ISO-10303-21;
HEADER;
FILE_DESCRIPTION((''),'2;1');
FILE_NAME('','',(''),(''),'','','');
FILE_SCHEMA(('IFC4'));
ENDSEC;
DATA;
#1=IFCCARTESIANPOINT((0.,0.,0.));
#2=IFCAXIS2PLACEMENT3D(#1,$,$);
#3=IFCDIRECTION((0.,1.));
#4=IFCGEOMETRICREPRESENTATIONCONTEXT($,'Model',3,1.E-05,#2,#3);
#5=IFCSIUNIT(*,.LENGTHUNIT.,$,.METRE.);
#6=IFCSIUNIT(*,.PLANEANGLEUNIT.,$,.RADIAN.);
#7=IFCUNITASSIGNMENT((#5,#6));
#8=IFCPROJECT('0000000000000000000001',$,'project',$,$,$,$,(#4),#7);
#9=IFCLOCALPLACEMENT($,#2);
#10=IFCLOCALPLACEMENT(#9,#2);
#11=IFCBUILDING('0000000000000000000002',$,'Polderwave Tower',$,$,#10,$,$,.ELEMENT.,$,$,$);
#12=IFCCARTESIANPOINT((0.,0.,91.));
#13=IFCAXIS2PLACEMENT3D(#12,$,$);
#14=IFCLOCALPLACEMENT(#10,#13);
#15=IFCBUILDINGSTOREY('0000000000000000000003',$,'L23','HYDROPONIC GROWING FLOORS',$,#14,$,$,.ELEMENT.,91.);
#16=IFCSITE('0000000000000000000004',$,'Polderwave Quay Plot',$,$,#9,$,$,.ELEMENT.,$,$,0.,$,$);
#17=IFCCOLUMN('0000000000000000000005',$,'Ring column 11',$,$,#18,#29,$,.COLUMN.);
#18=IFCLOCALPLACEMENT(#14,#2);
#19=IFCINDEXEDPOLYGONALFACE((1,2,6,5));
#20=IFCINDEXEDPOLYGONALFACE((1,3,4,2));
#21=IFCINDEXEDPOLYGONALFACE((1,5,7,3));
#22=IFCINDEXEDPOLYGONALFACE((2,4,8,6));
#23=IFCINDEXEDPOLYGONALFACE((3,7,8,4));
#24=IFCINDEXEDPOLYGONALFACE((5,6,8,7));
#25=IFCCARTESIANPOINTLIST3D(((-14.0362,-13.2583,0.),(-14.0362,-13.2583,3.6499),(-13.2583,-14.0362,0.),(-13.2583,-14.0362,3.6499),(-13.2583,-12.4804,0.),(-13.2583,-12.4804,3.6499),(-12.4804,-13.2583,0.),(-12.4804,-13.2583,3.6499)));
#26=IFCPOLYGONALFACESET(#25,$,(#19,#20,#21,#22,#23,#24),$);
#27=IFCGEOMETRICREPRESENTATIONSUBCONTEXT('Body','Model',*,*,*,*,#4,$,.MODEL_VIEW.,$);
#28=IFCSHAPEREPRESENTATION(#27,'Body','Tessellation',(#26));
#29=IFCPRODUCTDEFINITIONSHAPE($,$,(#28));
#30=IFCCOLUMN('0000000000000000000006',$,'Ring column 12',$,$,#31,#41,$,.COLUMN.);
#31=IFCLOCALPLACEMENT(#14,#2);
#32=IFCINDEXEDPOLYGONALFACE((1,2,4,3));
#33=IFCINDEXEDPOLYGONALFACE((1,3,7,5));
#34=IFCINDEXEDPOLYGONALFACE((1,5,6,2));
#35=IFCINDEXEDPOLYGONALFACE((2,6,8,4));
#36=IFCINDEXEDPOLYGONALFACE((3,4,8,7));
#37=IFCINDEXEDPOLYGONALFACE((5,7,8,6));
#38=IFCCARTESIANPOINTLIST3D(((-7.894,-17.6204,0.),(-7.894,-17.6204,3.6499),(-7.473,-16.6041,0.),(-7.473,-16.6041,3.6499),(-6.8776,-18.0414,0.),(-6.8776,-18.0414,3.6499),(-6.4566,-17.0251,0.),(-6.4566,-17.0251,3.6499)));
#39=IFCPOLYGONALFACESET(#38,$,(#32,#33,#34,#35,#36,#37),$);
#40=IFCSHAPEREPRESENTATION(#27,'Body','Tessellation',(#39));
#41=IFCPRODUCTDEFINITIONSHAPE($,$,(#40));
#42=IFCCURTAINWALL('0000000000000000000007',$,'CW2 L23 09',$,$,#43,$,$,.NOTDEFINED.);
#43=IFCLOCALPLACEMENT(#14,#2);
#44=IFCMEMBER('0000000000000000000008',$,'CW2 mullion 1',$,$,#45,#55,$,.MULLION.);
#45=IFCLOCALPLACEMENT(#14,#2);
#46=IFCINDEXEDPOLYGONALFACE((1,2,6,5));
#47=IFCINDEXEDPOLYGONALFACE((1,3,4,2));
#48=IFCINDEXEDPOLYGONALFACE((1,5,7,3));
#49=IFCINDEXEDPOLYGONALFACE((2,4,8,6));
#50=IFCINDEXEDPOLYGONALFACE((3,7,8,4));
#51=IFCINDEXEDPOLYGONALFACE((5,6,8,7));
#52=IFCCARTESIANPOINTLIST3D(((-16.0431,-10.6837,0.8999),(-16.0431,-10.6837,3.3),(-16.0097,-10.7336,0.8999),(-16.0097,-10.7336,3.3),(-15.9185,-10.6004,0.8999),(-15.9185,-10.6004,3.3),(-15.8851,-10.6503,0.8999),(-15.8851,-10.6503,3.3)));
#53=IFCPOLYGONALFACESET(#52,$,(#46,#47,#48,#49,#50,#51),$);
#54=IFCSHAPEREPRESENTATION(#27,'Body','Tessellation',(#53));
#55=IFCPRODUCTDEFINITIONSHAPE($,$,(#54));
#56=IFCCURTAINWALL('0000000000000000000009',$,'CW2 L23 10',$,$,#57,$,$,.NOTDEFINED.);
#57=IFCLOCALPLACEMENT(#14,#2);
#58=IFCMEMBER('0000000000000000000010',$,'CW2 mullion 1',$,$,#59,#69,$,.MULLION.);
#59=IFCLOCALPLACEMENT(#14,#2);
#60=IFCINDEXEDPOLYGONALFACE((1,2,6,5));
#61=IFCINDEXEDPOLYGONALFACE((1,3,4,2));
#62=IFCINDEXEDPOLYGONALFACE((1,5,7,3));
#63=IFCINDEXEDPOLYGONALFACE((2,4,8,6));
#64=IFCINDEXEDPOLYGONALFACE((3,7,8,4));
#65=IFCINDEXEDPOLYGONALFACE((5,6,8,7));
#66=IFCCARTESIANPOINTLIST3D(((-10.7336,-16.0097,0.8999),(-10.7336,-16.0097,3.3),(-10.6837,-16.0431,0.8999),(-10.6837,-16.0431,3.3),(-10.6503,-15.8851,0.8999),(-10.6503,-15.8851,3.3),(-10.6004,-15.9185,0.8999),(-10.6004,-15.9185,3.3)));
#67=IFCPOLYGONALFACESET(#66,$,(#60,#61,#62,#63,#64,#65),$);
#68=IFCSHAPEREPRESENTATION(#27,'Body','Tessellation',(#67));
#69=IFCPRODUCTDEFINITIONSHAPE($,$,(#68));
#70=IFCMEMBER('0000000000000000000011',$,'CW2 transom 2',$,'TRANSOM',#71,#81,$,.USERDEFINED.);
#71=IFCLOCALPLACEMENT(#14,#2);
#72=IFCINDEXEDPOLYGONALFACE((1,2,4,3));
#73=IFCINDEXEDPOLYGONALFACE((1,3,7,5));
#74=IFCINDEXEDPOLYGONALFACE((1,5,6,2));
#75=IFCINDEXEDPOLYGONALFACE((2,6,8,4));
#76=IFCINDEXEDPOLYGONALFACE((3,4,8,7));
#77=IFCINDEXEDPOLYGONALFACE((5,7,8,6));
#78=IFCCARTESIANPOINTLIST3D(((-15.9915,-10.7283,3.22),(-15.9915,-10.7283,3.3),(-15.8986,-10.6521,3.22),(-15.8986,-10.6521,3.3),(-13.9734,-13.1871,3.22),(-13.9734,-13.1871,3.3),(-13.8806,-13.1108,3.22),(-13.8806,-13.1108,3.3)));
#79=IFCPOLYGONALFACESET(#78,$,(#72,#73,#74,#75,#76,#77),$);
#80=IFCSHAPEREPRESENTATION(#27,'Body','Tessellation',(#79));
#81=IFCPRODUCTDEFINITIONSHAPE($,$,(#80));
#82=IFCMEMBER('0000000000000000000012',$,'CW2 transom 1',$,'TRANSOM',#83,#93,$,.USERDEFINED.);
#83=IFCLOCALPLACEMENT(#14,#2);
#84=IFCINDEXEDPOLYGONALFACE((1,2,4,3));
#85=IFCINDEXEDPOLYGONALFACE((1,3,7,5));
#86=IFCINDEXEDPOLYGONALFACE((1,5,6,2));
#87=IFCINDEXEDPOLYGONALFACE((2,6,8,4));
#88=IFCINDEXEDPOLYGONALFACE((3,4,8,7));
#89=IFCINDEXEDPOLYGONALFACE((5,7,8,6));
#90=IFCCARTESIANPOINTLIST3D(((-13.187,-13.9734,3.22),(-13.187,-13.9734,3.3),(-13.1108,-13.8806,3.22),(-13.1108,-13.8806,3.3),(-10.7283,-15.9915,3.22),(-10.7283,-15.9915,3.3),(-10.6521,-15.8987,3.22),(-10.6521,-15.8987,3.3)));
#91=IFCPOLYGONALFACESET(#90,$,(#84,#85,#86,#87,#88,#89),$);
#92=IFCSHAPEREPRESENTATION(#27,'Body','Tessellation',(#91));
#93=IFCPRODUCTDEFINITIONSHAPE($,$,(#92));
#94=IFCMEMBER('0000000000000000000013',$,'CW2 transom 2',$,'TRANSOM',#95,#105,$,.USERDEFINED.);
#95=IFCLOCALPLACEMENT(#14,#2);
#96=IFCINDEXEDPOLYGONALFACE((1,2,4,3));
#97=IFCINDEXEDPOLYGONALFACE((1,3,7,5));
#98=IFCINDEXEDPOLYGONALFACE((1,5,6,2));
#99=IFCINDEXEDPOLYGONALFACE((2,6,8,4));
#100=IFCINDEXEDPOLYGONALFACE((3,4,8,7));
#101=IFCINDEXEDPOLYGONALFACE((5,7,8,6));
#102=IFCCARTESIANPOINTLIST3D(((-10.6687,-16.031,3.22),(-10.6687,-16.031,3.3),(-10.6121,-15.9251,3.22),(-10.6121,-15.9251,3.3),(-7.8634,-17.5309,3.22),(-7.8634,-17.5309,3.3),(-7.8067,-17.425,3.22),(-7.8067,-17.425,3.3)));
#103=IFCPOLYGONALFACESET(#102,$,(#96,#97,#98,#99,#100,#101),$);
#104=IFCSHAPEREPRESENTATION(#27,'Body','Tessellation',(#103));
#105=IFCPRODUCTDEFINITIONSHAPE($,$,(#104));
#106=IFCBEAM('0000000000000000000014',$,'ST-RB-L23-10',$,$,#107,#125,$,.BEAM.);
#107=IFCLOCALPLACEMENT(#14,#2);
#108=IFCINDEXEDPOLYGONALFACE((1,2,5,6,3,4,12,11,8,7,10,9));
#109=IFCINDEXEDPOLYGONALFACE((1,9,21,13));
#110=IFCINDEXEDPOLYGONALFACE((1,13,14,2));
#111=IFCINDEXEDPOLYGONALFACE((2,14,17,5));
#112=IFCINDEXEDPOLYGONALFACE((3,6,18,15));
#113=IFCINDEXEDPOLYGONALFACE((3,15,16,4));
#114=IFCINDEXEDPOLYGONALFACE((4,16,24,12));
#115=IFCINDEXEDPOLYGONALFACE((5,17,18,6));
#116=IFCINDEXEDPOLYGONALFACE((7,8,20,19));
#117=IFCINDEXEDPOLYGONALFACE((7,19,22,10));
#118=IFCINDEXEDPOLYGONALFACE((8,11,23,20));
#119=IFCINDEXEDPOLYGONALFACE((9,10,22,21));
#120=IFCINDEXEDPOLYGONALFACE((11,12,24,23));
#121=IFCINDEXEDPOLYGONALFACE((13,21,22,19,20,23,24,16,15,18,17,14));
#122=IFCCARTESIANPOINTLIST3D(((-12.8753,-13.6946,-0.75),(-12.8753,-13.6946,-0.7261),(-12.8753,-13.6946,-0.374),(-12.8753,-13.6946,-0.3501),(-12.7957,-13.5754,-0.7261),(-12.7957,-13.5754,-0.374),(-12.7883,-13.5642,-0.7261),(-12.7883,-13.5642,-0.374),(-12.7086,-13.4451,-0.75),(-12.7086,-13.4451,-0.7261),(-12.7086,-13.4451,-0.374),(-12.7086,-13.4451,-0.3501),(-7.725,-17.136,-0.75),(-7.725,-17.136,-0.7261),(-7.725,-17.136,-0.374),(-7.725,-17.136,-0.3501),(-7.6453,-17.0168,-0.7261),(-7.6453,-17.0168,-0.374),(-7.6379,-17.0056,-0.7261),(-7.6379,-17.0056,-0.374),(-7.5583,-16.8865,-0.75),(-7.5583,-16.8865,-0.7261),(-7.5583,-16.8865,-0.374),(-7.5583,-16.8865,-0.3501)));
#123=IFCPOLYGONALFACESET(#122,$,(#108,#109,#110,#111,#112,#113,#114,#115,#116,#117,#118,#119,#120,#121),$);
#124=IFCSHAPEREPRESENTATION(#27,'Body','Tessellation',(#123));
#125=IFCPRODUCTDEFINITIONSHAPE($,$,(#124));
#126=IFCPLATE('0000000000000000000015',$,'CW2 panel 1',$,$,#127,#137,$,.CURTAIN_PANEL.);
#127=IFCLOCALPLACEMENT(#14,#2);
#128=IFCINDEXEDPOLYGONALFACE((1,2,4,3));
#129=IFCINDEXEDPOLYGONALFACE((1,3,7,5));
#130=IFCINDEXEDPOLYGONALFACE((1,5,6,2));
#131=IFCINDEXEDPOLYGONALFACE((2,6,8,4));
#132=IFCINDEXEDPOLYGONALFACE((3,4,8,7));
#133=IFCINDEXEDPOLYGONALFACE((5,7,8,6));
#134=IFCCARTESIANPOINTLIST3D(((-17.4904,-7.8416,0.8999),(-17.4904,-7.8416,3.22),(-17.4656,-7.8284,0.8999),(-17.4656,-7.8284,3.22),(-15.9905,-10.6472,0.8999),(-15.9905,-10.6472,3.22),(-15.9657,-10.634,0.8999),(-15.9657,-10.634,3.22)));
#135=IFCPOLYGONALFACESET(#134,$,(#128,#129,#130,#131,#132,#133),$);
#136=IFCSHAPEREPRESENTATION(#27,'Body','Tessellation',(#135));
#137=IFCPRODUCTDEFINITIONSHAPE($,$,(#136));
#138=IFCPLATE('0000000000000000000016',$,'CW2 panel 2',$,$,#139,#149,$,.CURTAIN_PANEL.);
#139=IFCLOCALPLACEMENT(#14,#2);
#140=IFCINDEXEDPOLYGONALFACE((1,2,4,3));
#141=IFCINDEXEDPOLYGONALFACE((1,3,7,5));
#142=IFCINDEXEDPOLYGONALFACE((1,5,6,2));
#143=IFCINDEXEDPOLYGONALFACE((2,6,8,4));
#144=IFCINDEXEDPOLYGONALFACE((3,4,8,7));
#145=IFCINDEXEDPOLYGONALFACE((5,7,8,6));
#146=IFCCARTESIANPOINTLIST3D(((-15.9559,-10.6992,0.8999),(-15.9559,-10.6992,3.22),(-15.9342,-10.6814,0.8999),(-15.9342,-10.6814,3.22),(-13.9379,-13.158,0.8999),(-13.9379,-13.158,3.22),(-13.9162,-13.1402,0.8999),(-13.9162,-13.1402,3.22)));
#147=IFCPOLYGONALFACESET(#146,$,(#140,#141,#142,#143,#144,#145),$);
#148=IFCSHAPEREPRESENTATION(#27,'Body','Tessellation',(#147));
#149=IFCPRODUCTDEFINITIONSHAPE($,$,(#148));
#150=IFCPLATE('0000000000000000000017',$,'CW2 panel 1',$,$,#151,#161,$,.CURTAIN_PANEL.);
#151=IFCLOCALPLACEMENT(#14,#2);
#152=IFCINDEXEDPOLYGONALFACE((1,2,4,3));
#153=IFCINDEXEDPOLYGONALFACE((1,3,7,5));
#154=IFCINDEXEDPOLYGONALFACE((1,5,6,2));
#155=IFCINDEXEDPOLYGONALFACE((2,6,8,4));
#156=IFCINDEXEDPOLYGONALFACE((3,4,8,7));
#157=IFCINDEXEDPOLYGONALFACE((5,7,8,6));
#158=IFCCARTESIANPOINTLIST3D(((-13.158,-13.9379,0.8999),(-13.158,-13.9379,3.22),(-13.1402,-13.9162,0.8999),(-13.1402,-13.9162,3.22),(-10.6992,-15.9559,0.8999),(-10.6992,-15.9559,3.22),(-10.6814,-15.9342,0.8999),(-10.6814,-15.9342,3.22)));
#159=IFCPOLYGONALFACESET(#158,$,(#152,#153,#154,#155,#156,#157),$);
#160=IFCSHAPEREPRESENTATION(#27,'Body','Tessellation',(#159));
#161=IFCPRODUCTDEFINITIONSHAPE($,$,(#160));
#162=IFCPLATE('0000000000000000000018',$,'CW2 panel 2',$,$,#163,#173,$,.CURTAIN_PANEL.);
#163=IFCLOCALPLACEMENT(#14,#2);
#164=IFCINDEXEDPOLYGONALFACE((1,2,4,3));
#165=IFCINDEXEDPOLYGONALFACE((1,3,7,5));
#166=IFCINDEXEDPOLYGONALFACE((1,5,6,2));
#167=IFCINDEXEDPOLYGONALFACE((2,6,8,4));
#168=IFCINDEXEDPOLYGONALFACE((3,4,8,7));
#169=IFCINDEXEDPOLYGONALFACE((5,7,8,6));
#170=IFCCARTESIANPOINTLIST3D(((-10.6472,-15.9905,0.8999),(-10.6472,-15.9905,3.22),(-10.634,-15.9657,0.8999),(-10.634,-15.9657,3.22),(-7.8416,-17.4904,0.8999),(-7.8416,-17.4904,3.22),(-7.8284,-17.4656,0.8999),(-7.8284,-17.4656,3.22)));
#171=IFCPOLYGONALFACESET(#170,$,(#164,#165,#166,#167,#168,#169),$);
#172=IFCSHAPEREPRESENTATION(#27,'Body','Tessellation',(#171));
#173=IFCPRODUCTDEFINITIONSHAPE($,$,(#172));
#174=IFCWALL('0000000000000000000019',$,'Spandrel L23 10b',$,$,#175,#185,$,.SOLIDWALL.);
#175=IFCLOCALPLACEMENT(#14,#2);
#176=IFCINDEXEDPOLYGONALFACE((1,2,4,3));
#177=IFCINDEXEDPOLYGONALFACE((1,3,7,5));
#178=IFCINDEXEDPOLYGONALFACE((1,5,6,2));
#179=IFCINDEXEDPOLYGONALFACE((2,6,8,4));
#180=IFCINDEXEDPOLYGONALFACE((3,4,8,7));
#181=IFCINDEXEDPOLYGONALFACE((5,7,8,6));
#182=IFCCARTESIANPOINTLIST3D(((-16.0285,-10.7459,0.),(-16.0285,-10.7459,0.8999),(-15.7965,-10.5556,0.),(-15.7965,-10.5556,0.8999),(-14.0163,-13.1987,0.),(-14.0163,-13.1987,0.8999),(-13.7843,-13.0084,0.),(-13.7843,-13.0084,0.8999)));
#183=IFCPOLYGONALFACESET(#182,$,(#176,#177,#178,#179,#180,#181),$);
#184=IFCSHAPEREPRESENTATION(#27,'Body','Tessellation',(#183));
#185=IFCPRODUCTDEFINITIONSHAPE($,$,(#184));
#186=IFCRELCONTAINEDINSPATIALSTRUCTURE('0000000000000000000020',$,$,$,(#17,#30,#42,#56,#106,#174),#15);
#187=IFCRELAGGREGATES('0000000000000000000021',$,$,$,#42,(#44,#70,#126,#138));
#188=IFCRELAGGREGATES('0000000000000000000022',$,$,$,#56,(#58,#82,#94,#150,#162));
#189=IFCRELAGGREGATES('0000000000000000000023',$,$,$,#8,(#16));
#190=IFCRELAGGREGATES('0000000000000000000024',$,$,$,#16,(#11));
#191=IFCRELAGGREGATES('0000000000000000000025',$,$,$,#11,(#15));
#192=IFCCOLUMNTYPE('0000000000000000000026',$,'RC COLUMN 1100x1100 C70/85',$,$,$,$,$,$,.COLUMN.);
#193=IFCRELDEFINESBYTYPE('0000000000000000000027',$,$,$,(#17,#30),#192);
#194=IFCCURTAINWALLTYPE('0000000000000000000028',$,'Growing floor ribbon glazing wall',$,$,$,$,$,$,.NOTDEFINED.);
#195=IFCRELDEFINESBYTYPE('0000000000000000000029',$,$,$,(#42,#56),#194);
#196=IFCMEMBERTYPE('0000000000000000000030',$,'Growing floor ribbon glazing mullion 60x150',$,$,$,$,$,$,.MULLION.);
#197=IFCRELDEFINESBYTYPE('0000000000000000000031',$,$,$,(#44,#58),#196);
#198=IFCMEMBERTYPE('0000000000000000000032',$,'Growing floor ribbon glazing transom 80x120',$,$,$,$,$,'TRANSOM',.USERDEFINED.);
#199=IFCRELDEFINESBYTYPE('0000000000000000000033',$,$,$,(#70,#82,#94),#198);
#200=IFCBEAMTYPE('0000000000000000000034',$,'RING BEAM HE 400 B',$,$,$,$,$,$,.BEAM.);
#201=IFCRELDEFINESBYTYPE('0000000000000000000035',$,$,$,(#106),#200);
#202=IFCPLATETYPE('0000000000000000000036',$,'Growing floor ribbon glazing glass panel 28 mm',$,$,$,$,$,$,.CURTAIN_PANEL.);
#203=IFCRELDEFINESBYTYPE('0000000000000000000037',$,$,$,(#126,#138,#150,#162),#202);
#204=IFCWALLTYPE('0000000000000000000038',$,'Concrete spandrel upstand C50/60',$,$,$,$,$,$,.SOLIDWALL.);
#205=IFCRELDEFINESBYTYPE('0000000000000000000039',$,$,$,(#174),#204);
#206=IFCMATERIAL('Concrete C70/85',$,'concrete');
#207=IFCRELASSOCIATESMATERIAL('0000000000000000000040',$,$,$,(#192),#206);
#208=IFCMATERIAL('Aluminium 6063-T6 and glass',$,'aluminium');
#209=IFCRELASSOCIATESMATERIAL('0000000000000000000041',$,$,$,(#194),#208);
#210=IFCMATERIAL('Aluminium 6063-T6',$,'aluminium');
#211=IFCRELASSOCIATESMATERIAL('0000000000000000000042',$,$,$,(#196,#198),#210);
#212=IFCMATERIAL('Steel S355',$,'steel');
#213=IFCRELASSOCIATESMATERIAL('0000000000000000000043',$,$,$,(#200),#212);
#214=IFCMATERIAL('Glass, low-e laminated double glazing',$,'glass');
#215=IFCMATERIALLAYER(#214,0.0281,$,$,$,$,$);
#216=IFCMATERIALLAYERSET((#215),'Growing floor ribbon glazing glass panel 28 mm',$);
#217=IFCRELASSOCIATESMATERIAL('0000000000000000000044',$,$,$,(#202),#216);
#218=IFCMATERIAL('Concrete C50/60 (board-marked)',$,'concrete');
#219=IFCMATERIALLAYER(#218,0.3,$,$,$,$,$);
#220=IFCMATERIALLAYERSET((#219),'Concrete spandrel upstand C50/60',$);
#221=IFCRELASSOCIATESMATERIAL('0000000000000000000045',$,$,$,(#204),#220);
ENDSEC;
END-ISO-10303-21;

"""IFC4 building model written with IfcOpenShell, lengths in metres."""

from ifc_helpers import new_model, si_unit, direction, frame, frame_2d, origin, origin_2d, place, context, subcontext, project, spatial, rectangle, i_section, extrude, material, layer, layer_set, material_profile, profile_set, type_object, element, aggregate, save


model = new_model("IFC4")

# Units and contexts
model_context = context("Model", 3, precision=1e-05, world=origin(), true_north=direction((0.0, 1.0)))
body_context = subcontext(model_context, "Body", "Model", "MODEL_VIEW")
ifc_project = project(units=[si_unit("LENGTHUNIT", "METRE"), si_unit("PLANEANGLEUNIT", "RADIAN")], contexts=[model_context])

# Site, building, storey
site_placement = place(None, origin())
site = spatial("IfcSite", under=ifc_project, at=site_placement, Name="Polderwave Quay Plot", CompositionType="ELEMENT", RefElevation=0.0)
building_placement = place(site_placement, origin())
building = spatial("IfcBuilding", under=site, at=building_placement, Name="Polderwave Tower", CompositionType="ELEMENT")
storey_placement = place(building_placement, frame((0.0, 0.0, 91.0)))
storey = spatial("IfcBuildingStorey", under=building, at=storey_placement, Name="L23", Description="HYDROPONIC GROWING FLOORS", CompositionType="ELEMENT", Elevation=91.0)

# Columns
ifc_material_1 = material(Name="Concrete C70/85", Category="concrete")
ifc_material_profile_1 = material_profile(ifc_material_1, rectangle(XDim=1.1001, YDim=1.1001, at=origin_2d()), Name="RC 1100x1100")
ifc_profile_set_1 = profile_set([ifc_material_profile_1], Name="Concrete C70/85")
column_type = type_object("IfcColumnType", Name="RC COLUMN 1100x1100 C70/85", PredefinedType="COLUMN", material=ifc_profile_set_1)
for number, where, z_axis, x_axis, name in (
    (1, (-13.2583, -13.2583, 0.0), (0.0, 0.0, 1.0), (-0.707107, -0.707107, 0.0), "Ring column 11"),
    (2, (-7.1753, -17.3228, 0.0), (0.0, 0.0, 1.0), (-0.382683, -0.92388, 0.0), "Ring column 12"),
):
    element("IfcColumn", number, at=place(storey_placement, frame(where, z_axis=z_axis, x_axis=x_axis)), inside=storey, type_object=column_type, Name=name, PredefinedType="COLUMN", context=body_context, shape_type="SweptSolid", body=[
        extrude(rectangle(XDim=1.1001, YDim=1.1001, at=origin_2d()), origin(), (0.0, 0.0, 1.0), 3.6499),
    ])

# Curtain walls, members
ifc_material_2 = material(Name="Aluminium 6063-T6 and glass", Category="aluminium")
curtain_wall_type = type_object("IfcCurtainWallType", Name="Growing floor ribbon glazing wall", PredefinedType="NOTDEFINED", material=ifc_material_2)
curtain_wall_1_placement = place(storey_placement, origin())
curtain_wall_1 = element("IfcCurtainWall", 3, at=curtain_wall_1_placement, inside=storey, type_object=curtain_wall_type, Name="CW2 L23 09", PredefinedType="NOTDEFINED")
ifc_material_3 = material(Name="Aluminium 6063-T6", Category="aluminium")
ifc_material_profile_2 = material_profile(ifc_material_3, rectangle(XDim=0.1499, YDim=0.0601, at=origin_2d()), Name="AL 60x150")
ifc_profile_set_2 = profile_set([ifc_material_profile_2], Name="Aluminium 6063-T6")
member_type_1 = type_object("IfcMemberType", Name="Growing floor ribbon glazing mullion 60x150", PredefinedType="MULLION", material=ifc_profile_set_2)
member_1_placement = place(storey_placement, frame((-15.9641, -10.667, 0.8999), z_axis=(0.0, 0.0, 1.0), x_axis=(0.831444, 0.555608, 0.0)))
member_1 = element("IfcMember", 4, at=member_1_placement, type_object=member_type_1, Name="CW2 mullion 1", PredefinedType="MULLION", context=body_context, shape_type="SweptSolid", body=[
    extrude(rectangle(XDim=0.1499, YDim=0.0601, at=origin_2d()), origin(), (0.0, 0.0, 1.0), 2.4001),
])
curtain_wall_2_placement = place(storey_placement, origin())
curtain_wall_2 = element("IfcCurtainWall", 5, at=curtain_wall_2_placement, inside=storey, type_object=curtain_wall_type, Name="CW2 L23 10", PredefinedType="NOTDEFINED")
member_2_placement = place(storey_placement, frame((-10.667, -15.9641, 0.8999), z_axis=(0.0, 0.0, 1.0), x_axis=(0.555608, 0.831444, 0.0)))
member_2 = element("IfcMember", 6, at=member_2_placement, type_object=member_type_1, Name="CW2 mullion 1", PredefinedType="MULLION", context=body_context, shape_type="SweptSolid", body=[
    extrude(rectangle(XDim=0.1499, YDim=0.0601, at=origin_2d()), origin(), (0.0, 0.0, 1.0), 2.4001),
])

# Members
ifc_material_profile_3 = material_profile(ifc_material_3, rectangle(XDim=0.1201, YDim=0.0801, at=origin_2d()), Name="AL 80x120")
ifc_profile_set_3 = profile_set([ifc_material_profile_3], Name="Aluminium 6063-T6")
member_type_2 = type_object("IfcMemberType", Name="Growing floor ribbon glazing transom 80x120", ElementType="TRANSOM", PredefinedType="USERDEFINED", material=ifc_profile_set_3)
member_3_placement = place(storey_placement, frame((-15.9451, -10.6902, 3.26), z_axis=(0.634437, -0.772975, 0.0), x_axis=(0.772975, 0.634437, 0.0)))
member_3 = element("IfcMember", 7, at=member_3_placement, type_object=member_type_2, Name="CW2 transom 2", ObjectType="TRANSOM", PredefinedType="USERDEFINED", context=body_context, shape_type="SweptSolid", body=[
    extrude(rectangle(XDim=0.1201, YDim=0.0801, at=origin_2d()), origin(), (0.0, 0.0, 1.0), 3.1809),
])
member_4_placement = place(storey_placement, frame((-13.1489, -13.927, 3.26), z_axis=(0.772975, -0.634437, 0.0), x_axis=(0.634437, 0.772975, 0.0)))
member_4 = element("IfcMember", 8, at=member_4_placement, type_object=member_type_2, Name="CW2 transom 1", ObjectType="TRANSOM", PredefinedType="USERDEFINED", context=body_context, shape_type="SweptSolid", body=[
    extrude(rectangle(XDim=0.1201, YDim=0.0801, at=origin_2d()), origin(), (0.0, 0.0, 1.0), 3.1809),
])
member_5_placement = place(storey_placement, frame((-10.6404, -15.978, 3.26), z_axis=(0.88186, -0.471512, 0.0), x_axis=(0.471512, 0.88186, 0.0)))
member_5 = element("IfcMember", 9, at=member_5_placement, type_object=member_type_2, Name="CW2 transom 2", ObjectType="TRANSOM", PredefinedType="USERDEFINED", context=body_context, shape_type="SweptSolid", body=[
    extrude(rectangle(XDim=0.1201, YDim=0.0801, at=origin_2d()), origin(), (0.0, 0.0, 1.0), 3.1812),
])

# Beam
ifc_material_4 = material(Name="Steel S355", Category="steel")
ifc_material_profile_4 = material_profile(ifc_material_4, i_section(OverallWidth=0.3, OverallDepth=0.3999, WebThickness=0.0134, FlangeThickness=0.0239, at=origin_2d()), Name="HE 400 B")
ifc_profile_set_4 = profile_set([ifc_material_profile_4], Name="Steel S355")
beam_type = type_object("IfcBeamType", Name="RING BEAM HE 400 B", PredefinedType="BEAM", material=ifc_profile_set_4)
beam_placement = place(storey_placement, frame((-12.792, -13.5698, -0.55), z_axis=(0.831468, -0.555573, 0.0), x_axis=(0.555573, 0.831468, 0.0)))
element("IfcBeam", 10, at=beam_placement, inside=storey, type_object=beam_type, Name="ST-RB-L23-10", PredefinedType="BEAM", context=body_context, shape_type="SweptSolid", body=[
    extrude(i_section(OverallWidth=0.3, OverallDepth=0.3999, WebThickness=0.0134, FlangeThickness=0.0239, at=origin_2d()), origin(), (0.0, 0.0, 1.0), 6.1943),
])

# Plates
ifc_material_5 = material(Name="Glass, low-e laminated double glazing", Category="glass")
ifc_layer_1 = layer(ifc_material_5, 0.0281)
ifc_layer_set_1 = layer_set([ifc_layer_1], Name="Growing floor ribbon glazing glass panel 28 mm")
plate_type = type_object("IfcPlateType", Name="Growing floor ribbon glazing glass panel 28 mm", PredefinedType="CURTAIN_PANEL", material=ifc_layer_set_1)
plate_1_placement = place(storey_placement, frame((-16.728, -9.2378, 0.8999), z_axis=(0.0, 0.0, 1.0), x_axis=(0.471461, -0.881887, 0.0)))
plate_1 = element("IfcPlate", 11, at=plate_1_placement, type_object=plate_type, Name="CW2 panel 1", PredefinedType="CURTAIN_PANEL", context=body_context, shape_type="SweptSolid", body=[
    extrude(rectangle(XDim=3.1814, YDim=0.0281, at=origin_2d()), origin(), (0.0, 0.0, 1.0), 2.3201),
])
plate_2_placement = place(storey_placement, frame((-14.936, -11.9197, 0.8999), z_axis=(0.0, 0.0, 1.0), x_axis=(0.634407, -0.772999, 0.0)))
plate_2 = element("IfcPlate", 12, at=plate_2_placement, type_object=plate_type, Name="CW2 panel 2", PredefinedType="CURTAIN_PANEL", context=body_context, shape_type="SweptSolid", body=[
    extrude(rectangle(XDim=3.1809, YDim=0.0281, at=origin_2d()), origin(), (0.0, 0.0, 1.0), 2.3201),
])
aggregate(curtain_wall_1, [member_1, member_3, plate_1, plate_2])
plate_3_placement = place(storey_placement, frame((-11.9197, -14.936, 0.8999), z_axis=(0.0, 0.0, 1.0), x_axis=(0.772999, -0.634407, 0.0)))
plate_3 = element("IfcPlate", 13, at=plate_3_placement, type_object=plate_type, Name="CW2 panel 1", PredefinedType="CURTAIN_PANEL", context=body_context, shape_type="SweptSolid", body=[
    extrude(rectangle(XDim=3.1809, YDim=0.0281, at=origin_2d()), origin(), (0.0, 0.0, 1.0), 2.3201),
])
plate_4_placement = place(storey_placement, frame((-9.2378, -16.728, 0.8999), z_axis=(0.0, 0.0, 1.0), x_axis=(0.881887, -0.471461, 0.0)))
plate_4 = element("IfcPlate", 14, at=plate_4_placement, type_object=plate_type, Name="CW2 panel 2", PredefinedType="CURTAIN_PANEL", context=body_context, shape_type="SweptSolid", body=[
    extrude(rectangle(XDim=3.1814, YDim=0.0281, at=origin_2d()), origin(), (0.0, 0.0, 1.0), 2.3201),
])
aggregate(curtain_wall_2, [member_2, member_4, member_5, plate_3, plate_4])

# Wall
ifc_material_6 = material(Name="Concrete C50/60 (board-marked)", Category="concrete")
ifc_layer_2 = layer(ifc_material_6, 0.3)
ifc_layer_set_2 = layer_set([ifc_layer_2], Name="Concrete spandrel upstand C50/60")
wall_type_1 = type_object("IfcWallType", Name="Concrete spandrel upstand C50/60", PredefinedType="SOLIDWALL", material=ifc_layer_set_2)
for number, where, z_axis, x_axis, name in (
    (15, (-15.9126, -10.6506, 0.0), (0.0, 0.0, 1.0), (0.634239, -0.773137, 0.0), "Spandrel L23 10b"),
):
    element("IfcWall", number, at=place(storey_placement, frame(where, z_axis=z_axis, x_axis=x_axis)), inside=storey, type_object=wall_type_1, Name=name, PredefinedType="SOLIDWALL", context=body_context, shape_type="SweptSolid", body=[
        extrude(rectangle(XDim=3.1726, YDim=0.3, at=frame_2d((1.5864, 0.0))), origin(), (0.0, 0.0, 1.0), 0.8999),
    ])

save(model, "model.ifc")
